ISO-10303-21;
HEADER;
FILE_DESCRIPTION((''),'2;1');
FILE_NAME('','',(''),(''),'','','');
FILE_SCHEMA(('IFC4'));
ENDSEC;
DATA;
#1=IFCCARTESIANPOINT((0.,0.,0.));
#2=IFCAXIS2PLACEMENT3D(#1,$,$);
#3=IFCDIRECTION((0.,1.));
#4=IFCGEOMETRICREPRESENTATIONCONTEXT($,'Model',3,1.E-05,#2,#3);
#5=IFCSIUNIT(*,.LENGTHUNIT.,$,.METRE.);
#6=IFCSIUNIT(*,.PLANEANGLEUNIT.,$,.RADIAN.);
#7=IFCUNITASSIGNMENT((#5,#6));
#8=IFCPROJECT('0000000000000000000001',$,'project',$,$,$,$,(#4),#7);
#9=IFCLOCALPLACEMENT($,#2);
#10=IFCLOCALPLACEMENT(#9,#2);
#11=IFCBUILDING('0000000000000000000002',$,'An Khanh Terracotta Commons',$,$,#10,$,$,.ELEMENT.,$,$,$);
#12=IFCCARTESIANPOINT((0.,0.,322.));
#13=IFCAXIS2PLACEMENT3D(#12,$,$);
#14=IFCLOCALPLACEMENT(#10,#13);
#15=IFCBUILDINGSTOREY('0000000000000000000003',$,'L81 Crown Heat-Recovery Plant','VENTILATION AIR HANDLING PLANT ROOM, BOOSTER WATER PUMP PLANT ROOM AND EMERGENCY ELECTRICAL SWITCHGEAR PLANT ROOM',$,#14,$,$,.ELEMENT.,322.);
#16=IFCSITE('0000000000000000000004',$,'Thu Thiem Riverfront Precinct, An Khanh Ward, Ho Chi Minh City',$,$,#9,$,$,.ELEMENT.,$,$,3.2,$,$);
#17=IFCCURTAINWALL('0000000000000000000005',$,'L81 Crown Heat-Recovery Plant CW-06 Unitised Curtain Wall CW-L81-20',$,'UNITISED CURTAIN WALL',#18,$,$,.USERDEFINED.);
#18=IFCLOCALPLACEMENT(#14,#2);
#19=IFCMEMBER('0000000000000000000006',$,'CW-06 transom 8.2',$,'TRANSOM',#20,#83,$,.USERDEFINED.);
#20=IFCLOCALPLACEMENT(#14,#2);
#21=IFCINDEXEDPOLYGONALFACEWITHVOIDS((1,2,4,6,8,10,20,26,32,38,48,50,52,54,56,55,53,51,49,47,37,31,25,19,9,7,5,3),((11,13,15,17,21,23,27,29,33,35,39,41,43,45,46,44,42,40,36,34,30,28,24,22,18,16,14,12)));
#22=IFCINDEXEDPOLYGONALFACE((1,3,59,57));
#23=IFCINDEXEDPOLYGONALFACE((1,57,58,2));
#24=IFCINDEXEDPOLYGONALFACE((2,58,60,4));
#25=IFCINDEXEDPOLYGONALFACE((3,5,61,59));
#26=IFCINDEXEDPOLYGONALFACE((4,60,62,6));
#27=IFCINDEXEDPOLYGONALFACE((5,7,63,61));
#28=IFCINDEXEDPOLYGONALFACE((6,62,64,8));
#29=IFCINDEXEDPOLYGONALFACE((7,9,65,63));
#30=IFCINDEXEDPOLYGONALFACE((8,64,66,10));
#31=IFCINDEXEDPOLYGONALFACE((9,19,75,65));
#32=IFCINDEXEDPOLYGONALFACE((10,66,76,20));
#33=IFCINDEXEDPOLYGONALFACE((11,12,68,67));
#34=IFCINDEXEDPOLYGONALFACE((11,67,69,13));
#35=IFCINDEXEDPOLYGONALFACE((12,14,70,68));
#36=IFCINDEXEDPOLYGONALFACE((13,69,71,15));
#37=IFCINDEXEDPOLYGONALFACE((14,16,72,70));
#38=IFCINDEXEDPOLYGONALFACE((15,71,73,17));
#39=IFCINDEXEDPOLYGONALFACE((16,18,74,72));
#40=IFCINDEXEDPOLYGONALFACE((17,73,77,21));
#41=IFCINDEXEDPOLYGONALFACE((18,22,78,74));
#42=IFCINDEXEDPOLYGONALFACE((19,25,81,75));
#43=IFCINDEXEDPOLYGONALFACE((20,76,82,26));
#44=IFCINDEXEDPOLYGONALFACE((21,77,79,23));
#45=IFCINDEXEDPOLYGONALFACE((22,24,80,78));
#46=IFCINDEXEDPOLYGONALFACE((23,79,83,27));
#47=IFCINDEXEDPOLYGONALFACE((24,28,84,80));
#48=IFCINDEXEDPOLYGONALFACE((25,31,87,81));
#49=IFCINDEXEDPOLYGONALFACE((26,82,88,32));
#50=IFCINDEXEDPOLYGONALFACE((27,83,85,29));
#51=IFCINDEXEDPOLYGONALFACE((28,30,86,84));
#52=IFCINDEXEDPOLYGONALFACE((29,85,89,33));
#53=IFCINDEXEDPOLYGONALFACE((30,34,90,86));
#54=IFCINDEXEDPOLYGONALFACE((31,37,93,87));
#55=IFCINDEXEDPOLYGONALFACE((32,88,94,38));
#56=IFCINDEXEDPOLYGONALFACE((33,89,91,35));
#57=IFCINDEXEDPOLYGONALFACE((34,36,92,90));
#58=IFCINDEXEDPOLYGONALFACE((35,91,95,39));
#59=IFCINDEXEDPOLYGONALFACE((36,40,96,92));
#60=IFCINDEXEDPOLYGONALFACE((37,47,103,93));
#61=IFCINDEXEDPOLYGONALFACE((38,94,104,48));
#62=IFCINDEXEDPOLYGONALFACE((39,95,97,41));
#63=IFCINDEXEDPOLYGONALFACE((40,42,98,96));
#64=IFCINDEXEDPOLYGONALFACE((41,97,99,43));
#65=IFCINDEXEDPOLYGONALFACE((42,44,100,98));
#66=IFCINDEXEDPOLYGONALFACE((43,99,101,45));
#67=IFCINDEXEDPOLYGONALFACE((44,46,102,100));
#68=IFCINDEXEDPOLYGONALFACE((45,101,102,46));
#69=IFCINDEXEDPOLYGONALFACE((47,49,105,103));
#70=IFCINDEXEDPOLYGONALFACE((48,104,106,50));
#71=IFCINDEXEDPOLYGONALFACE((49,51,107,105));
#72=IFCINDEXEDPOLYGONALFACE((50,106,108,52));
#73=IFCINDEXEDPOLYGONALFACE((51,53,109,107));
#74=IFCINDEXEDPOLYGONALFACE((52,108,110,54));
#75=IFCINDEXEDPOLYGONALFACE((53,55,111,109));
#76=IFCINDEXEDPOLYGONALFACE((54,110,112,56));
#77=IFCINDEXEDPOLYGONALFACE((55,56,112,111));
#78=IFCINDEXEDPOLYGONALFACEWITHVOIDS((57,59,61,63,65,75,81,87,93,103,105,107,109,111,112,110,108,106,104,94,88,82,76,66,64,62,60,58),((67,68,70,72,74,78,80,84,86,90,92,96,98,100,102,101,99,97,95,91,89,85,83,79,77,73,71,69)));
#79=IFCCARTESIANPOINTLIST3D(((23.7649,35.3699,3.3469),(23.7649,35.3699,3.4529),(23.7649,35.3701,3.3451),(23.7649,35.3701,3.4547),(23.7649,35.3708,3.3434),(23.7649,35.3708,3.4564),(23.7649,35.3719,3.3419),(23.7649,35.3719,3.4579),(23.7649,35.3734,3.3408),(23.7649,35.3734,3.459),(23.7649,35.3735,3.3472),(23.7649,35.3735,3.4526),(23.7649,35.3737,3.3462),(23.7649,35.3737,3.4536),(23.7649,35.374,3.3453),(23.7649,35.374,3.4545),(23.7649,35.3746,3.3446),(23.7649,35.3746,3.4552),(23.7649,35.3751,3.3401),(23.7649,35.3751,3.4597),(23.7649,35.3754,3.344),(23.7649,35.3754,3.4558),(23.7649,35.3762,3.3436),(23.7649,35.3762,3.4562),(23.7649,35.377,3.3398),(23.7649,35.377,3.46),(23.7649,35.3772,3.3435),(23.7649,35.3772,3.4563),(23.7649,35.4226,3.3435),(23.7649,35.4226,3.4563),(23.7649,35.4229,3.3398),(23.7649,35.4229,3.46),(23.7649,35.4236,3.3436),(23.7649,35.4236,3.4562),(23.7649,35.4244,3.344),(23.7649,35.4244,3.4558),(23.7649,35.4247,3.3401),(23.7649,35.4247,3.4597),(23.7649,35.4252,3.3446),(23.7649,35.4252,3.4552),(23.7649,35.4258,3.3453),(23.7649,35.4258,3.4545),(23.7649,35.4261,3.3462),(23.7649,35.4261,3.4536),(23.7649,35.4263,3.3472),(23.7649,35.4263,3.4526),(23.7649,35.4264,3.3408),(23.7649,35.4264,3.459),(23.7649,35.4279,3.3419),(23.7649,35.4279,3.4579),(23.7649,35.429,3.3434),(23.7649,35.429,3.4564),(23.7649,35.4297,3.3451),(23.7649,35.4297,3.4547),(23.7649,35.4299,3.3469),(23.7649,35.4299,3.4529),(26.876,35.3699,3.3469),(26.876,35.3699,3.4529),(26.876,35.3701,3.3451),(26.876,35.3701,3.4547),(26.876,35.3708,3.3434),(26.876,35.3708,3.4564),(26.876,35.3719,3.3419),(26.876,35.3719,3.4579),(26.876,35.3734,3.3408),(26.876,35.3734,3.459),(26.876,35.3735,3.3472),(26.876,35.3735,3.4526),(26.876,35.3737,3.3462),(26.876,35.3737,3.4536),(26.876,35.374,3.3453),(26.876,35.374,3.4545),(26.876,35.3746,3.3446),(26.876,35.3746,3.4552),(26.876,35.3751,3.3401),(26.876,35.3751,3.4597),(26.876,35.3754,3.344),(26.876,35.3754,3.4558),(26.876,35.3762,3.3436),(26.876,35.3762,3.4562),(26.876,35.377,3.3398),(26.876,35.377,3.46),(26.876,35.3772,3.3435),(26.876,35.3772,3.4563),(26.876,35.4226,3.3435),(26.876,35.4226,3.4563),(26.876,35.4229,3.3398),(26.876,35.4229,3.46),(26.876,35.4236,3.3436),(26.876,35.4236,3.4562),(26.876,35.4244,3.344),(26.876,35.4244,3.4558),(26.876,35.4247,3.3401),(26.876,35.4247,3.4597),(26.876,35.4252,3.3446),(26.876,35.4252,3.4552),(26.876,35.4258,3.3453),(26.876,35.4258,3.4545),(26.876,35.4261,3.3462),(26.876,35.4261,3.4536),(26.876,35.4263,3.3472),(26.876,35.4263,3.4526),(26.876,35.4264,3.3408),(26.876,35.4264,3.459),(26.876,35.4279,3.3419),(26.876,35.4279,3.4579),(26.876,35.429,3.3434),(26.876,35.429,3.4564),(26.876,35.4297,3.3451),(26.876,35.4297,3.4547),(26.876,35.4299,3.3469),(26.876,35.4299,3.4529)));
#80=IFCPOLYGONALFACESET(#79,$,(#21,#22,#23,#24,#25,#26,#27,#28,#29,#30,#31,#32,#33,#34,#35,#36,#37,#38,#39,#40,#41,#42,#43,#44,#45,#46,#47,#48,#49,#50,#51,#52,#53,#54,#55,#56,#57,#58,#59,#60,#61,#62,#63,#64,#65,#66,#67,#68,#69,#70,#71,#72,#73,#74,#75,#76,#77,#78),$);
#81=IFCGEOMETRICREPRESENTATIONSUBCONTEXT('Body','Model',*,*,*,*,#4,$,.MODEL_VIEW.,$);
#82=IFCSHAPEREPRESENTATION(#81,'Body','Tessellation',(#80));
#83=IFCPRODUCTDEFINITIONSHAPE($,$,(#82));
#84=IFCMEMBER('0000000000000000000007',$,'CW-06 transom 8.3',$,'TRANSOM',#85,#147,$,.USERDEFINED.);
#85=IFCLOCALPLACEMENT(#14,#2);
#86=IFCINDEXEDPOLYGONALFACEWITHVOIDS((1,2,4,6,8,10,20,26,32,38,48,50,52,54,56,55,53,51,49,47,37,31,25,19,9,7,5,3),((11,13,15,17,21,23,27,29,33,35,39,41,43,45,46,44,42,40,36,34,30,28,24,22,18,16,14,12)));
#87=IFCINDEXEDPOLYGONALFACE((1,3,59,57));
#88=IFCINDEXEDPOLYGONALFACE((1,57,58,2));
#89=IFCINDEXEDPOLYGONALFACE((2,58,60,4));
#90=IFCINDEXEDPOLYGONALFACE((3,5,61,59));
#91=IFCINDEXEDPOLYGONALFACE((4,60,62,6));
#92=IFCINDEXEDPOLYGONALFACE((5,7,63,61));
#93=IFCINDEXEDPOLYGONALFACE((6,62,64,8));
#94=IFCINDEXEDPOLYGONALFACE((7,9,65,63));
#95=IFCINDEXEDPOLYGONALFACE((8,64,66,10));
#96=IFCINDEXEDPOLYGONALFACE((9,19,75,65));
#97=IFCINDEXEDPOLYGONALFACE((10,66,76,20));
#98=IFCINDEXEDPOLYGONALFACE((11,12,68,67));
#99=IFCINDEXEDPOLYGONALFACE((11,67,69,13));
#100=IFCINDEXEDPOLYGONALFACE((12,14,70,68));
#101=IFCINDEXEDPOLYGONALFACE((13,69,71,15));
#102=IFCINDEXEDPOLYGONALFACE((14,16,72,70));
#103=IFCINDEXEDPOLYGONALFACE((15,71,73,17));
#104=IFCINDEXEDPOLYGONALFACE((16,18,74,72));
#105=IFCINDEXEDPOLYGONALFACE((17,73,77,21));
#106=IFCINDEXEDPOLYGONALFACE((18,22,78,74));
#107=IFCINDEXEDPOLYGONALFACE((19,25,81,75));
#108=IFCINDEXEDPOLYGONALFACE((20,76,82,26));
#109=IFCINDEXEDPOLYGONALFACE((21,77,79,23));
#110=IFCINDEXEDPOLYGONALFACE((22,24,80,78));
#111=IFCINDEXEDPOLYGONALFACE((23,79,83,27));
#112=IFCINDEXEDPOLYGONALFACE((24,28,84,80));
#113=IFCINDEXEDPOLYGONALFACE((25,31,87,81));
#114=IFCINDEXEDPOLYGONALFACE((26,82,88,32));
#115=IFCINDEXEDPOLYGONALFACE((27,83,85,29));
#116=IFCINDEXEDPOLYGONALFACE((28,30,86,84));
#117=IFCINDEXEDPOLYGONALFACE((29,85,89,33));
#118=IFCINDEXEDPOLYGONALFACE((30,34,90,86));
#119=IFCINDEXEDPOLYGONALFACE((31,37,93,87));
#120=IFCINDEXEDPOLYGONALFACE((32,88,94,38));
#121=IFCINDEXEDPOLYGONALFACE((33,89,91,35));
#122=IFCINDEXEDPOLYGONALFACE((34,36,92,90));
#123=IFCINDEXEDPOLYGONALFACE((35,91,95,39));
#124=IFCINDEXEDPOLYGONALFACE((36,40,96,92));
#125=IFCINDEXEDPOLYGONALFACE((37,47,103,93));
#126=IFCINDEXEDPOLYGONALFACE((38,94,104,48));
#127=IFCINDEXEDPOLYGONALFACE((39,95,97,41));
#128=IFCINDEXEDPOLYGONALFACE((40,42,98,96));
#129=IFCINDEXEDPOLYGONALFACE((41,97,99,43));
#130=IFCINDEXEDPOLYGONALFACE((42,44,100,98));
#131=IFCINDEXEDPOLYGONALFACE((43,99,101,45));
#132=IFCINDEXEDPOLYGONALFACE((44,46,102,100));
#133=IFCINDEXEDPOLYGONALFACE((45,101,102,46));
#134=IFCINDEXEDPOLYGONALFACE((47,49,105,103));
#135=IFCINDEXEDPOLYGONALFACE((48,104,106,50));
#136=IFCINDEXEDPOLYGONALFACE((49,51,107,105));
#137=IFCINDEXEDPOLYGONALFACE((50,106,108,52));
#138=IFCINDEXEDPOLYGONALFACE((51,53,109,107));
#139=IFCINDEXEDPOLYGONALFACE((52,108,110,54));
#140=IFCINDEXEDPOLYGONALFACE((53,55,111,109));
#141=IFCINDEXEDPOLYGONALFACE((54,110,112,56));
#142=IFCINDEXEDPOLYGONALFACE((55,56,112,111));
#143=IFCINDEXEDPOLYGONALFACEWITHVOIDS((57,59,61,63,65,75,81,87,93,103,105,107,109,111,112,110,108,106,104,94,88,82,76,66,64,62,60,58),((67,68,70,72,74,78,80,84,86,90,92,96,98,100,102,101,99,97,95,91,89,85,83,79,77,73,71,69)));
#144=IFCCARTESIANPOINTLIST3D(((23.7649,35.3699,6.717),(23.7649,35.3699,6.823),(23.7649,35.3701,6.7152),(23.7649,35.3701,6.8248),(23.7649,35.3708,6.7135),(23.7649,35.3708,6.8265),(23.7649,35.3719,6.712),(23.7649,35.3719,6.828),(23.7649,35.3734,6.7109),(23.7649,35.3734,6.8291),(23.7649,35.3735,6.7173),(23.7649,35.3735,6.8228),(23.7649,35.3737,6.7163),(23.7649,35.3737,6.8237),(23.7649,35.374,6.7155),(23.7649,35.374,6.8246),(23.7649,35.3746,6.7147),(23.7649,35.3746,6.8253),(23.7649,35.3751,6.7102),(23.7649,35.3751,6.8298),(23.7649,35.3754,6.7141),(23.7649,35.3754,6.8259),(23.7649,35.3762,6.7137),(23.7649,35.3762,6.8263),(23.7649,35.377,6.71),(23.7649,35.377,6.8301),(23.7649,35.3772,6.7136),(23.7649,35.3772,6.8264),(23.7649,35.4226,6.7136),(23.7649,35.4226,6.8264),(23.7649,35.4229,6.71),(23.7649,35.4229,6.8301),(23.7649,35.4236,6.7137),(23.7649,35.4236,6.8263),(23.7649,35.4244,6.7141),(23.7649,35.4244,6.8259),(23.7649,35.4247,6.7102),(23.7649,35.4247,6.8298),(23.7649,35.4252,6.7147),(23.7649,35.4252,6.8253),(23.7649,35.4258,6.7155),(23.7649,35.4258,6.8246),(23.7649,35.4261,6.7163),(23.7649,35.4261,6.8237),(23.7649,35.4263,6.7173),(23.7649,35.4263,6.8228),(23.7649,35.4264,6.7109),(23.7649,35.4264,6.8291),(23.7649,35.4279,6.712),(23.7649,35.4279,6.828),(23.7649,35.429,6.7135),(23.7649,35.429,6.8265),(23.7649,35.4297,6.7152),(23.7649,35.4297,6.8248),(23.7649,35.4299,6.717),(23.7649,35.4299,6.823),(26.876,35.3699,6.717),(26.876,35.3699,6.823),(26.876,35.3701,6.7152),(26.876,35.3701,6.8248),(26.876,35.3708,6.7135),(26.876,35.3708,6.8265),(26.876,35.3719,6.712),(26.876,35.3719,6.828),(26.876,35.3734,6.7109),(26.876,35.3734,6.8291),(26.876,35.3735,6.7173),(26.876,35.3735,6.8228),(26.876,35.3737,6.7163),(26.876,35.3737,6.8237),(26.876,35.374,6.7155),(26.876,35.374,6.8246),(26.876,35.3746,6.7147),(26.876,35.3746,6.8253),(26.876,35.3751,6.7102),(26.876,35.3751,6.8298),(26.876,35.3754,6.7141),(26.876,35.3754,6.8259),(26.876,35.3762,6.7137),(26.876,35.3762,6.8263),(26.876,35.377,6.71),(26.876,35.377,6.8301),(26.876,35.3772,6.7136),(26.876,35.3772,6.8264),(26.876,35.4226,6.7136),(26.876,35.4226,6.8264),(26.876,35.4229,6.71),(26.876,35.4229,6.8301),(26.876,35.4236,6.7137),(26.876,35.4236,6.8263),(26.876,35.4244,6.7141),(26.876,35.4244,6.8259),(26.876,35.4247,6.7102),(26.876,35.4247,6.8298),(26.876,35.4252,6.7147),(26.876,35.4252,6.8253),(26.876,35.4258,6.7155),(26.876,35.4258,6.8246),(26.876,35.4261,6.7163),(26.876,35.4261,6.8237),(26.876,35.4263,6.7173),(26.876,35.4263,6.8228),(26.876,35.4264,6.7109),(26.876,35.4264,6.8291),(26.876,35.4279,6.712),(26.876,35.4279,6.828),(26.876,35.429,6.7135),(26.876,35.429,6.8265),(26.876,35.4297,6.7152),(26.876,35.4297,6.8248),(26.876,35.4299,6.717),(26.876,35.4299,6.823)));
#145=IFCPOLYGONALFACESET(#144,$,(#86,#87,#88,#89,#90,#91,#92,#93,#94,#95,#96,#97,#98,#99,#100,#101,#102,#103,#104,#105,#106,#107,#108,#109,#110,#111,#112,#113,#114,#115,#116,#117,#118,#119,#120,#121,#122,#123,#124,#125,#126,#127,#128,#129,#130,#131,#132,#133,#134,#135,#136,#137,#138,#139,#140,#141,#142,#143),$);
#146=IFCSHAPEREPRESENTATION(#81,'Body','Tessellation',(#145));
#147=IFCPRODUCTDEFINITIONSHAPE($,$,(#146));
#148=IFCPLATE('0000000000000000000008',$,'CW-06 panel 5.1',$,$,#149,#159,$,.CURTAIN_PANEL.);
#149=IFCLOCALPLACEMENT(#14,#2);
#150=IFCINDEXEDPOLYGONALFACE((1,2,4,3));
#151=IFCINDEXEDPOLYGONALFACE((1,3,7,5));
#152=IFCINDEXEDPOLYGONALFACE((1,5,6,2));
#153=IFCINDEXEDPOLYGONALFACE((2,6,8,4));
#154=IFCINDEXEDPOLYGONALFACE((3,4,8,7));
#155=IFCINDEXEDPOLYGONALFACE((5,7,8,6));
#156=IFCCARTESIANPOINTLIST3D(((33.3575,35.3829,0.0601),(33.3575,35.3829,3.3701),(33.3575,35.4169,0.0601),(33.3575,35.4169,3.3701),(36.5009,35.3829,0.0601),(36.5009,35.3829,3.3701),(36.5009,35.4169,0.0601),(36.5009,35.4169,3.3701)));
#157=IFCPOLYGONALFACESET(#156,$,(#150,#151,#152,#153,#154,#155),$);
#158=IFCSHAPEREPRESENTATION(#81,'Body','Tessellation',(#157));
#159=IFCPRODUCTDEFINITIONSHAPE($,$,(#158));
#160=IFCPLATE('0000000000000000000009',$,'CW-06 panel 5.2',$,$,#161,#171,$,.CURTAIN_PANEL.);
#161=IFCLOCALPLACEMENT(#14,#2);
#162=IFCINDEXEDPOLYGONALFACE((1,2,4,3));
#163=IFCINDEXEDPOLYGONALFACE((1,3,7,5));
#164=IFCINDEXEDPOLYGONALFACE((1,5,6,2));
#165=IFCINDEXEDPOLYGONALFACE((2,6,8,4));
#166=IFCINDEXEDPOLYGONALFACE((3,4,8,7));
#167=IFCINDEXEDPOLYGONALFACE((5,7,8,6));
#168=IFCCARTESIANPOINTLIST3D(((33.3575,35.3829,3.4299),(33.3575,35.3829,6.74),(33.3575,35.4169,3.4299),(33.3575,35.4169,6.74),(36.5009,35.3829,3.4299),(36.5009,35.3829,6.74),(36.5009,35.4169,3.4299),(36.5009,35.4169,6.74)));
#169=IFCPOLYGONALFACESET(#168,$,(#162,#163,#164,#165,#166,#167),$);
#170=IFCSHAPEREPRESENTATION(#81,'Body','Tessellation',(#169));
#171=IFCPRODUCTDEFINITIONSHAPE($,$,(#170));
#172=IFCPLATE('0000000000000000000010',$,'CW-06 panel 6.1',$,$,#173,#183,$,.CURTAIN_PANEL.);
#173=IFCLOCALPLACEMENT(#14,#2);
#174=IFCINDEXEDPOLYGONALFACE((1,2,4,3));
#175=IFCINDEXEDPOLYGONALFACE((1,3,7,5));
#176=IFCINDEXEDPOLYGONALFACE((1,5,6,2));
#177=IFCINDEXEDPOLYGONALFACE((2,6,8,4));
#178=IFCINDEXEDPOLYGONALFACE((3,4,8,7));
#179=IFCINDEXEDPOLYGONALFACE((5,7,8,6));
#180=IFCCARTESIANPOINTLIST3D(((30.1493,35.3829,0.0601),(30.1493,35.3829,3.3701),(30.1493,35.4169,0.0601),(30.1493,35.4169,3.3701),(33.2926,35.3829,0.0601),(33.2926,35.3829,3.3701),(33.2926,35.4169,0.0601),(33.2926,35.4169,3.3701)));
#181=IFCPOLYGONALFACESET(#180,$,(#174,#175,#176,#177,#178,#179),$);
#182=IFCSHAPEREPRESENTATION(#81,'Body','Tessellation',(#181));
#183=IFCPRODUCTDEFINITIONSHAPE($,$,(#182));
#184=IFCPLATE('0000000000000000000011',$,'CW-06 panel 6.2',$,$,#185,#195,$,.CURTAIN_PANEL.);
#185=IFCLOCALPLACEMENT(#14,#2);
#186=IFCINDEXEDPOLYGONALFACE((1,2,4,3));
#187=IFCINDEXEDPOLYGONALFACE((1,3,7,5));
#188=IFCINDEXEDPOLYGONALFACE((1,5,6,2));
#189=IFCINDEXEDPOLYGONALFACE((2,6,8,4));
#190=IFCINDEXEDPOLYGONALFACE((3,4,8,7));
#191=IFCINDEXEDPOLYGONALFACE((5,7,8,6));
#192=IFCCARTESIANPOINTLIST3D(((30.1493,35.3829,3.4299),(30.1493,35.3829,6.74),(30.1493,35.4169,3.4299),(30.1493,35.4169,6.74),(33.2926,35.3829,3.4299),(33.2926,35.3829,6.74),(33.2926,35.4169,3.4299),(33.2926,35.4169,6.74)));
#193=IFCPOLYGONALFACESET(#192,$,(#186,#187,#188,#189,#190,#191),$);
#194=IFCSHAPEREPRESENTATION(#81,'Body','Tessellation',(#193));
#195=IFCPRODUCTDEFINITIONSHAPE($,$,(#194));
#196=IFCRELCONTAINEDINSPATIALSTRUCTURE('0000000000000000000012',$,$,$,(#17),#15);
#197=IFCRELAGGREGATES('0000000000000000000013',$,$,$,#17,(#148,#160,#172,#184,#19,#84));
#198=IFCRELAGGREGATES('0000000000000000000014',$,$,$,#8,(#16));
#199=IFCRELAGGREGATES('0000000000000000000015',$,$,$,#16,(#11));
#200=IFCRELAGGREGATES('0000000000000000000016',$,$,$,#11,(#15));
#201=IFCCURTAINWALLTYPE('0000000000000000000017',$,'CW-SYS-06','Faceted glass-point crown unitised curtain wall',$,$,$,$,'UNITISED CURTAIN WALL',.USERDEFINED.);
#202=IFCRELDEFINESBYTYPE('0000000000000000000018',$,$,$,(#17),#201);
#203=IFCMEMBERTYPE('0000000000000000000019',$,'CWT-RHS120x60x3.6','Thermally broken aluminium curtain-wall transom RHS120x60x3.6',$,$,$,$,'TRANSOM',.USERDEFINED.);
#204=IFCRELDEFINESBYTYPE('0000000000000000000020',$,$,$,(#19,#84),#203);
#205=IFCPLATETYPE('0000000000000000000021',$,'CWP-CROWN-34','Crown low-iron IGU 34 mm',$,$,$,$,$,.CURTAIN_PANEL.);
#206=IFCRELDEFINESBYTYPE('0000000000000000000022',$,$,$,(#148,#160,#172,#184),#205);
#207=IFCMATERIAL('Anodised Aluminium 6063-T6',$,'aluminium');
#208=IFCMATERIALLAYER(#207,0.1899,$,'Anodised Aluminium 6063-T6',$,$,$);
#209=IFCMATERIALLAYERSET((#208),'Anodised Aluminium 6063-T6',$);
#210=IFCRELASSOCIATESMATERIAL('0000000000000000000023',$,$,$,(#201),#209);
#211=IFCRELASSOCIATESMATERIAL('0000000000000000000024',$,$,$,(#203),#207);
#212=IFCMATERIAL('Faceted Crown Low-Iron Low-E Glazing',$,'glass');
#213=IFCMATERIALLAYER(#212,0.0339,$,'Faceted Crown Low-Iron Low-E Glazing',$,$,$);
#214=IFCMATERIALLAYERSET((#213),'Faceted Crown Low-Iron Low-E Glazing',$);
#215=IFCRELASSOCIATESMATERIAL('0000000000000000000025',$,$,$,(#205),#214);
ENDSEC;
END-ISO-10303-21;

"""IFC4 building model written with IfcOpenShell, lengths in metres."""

from ifc_helpers import new_model, si_unit, direction, frame, origin, origin_2d, place, context, subcontext, project, spatial, rectangle, hollow_rectangle, extrude, material, layer, layer_set, material_profile, profile_set, type_object, element, aggregate, save


model = new_model("IFC4")

# Units and contexts
model_context = context("Model", 3, precision=1e-05, world=origin(), true_north=direction((0.0, 1.0)))
body_context = subcontext(model_context, "Body", "Model", "MODEL_VIEW")
ifc_project = project(units=[si_unit("LENGTHUNIT", "METRE"), si_unit("PLANEANGLEUNIT", "RADIAN")], contexts=[model_context])

# Site, building, storey
site_placement = place(None, origin())
site = spatial("IfcSite", under=ifc_project, at=site_placement, Name="Thu Thiem Riverfront Precinct, An Khanh Ward, Ho Chi Minh City", CompositionType="ELEMENT", RefElevation=3.2)
building_placement = place(site_placement, origin())
building = spatial("IfcBuilding", under=site, at=building_placement, Name="An Khanh Terracotta Commons", CompositionType="ELEMENT")
storey_placement = place(building_placement, frame((0.0, 0.0, 322.0)))
storey = spatial("IfcBuildingStorey", under=building, at=storey_placement, Name="L81 Crown Heat-Recovery Plant", Description="VENTILATION AIR HANDLING PLANT ROOM, BOOSTER WATER PUMP PLANT ROOM AND EMERGENCY ELECTRICAL SWITCHGEAR PLANT ROOM", CompositionType="ELEMENT", Elevation=322.0)

# Curtain wall, members, plates
ifc_material_1 = material(Name="Anodised Aluminium 6063-T6", Category="aluminium")
ifc_layer_1 = layer(ifc_material_1, 0.1899, Name="Anodised Aluminium 6063-T6")
ifc_layer_set_1 = layer_set([ifc_layer_1], Name="Anodised Aluminium 6063-T6")
curtain_wall_type = type_object("IfcCurtainWallType", Name="CW-SYS-06", Description="Faceted glass-point crown unitised curtain wall", ElementType="UNITISED CURTAIN WALL", PredefinedType="USERDEFINED", material=ifc_layer_set_1)
curtain_wall_placement = place(storey_placement, origin())
curtain_wall = element("IfcCurtainWall", 1, at=curtain_wall_placement, inside=storey, type_object=curtain_wall_type, Name="L81 Crown Heat-Recovery Plant CW-06 Unitised Curtain Wall CW-L81-20", ObjectType="UNITISED CURTAIN WALL", PredefinedType="USERDEFINED")
ifc_material_profile_1 = material_profile(ifc_material_1, hollow_rectangle(XDim=0.0601, YDim=0.1201, WallThickness=0.0037, InnerFilletRadius=0.0037, OuterFilletRadius=0.0071, at=origin_2d()), Name="RHS120x60x3.6")
ifc_profile_set_1 = profile_set([ifc_material_profile_1], Name="Anodised Aluminium 6063-T6")
member_type_1 = type_object("IfcMemberType", Name="CWT-RHS120x60x3.6", Description="Thermally broken aluminium curtain-wall transom RHS120x60x3.6", ElementType="TRANSOM", PredefinedType="USERDEFINED", material=ifc_profile_set_1)
member_1_placement = place(storey_placement, frame((26.876, 35.3999, 3.3999), z_axis=(-1.0, 0.0, 0.0), x_axis=(0.0, -1.0, 0.0)))
member_1 = element("IfcMember", 2, at=member_1_placement, type_object=member_type_1, Name="CW-06 transom 8.2", ObjectType="TRANSOM", PredefinedType="USERDEFINED", context=body_context, shape_type="SweptSolid", body=[
    extrude(hollow_rectangle(XDim=0.0601, YDim=0.1201, WallThickness=0.0037, InnerFilletRadius=0.0037, OuterFilletRadius=0.0071, at=origin_2d()), origin(), (0.0, 0.0, 1.0), 3.1111),
])
member_2_placement = place(storey_placement, frame((26.876, 35.3999, 6.77), z_axis=(-1.0, 0.0, 0.0), x_axis=(0.0, -1.0, 0.0)))
member_2 = element("IfcMember", 3, at=member_2_placement, type_object=member_type_1, Name="CW-06 transom 8.3", ObjectType="TRANSOM", PredefinedType="USERDEFINED", context=body_context, shape_type="SweptSolid", body=[
    extrude(hollow_rectangle(XDim=0.0601, YDim=0.1201, WallThickness=0.0037, InnerFilletRadius=0.0037, OuterFilletRadius=0.0071, at=origin_2d()), origin(), (0.0, 0.0, 1.0), 3.1111),
])
ifc_material_2 = material(Name="Faceted Crown Low-Iron Low-E Glazing", Category="glass")
ifc_layer_2 = layer(ifc_material_2, 0.0339, Name="Faceted Crown Low-Iron Low-E Glazing")
ifc_layer_set_2 = layer_set([ifc_layer_2], Name="Faceted Crown Low-Iron Low-E Glazing")
plate_type = type_object("IfcPlateType", Name="CWP-CROWN-34", Description="Crown low-iron IGU 34 mm", PredefinedType="CURTAIN_PANEL", material=ifc_layer_set_2)
plate_1_placement = place(storey_placement, frame((34.9292, 35.3999, 0.0601), z_axis=(0.0, 0.0, 1.0), x_axis=(-1.0, 0.0, 0.0)))
plate_1 = element("IfcPlate", 4, at=plate_1_placement, type_object=plate_type, Name="CW-06 panel 5.1", PredefinedType="CURTAIN_PANEL", context=body_context, shape_type="SweptSolid", body=[
    extrude(rectangle(XDim=3.1433, YDim=0.0339, at=origin_2d()), origin(), (0.0, 0.0, 1.0), 3.3101),
])
plate_2_placement = place(storey_placement, frame((34.9292, 35.3999, 3.4299), z_axis=(0.0, 0.0, 1.0), x_axis=(-1.0, 0.0, 0.0)))
plate_2 = element("IfcPlate", 5, at=plate_2_placement, type_object=plate_type, Name="CW-06 panel 5.2", PredefinedType="CURTAIN_PANEL", context=body_context, shape_type="SweptSolid", body=[
    extrude(rectangle(XDim=3.1433, YDim=0.0339, at=origin_2d()), origin(), (0.0, 0.0, 1.0), 3.3101),
])
plate_3_placement = place(storey_placement, frame((31.7209, 35.3999, 0.0601), z_axis=(0.0, 0.0, 1.0), x_axis=(-1.0, 0.0, 0.0)))
plate_3 = element("IfcPlate", 6, at=plate_3_placement, type_object=plate_type, Name="CW-06 panel 6.1", PredefinedType="CURTAIN_PANEL", context=body_context, shape_type="SweptSolid", body=[
    extrude(rectangle(XDim=3.1433, YDim=0.0339, at=origin_2d()), origin(), (0.0, 0.0, 1.0), 3.3101),
])
plate_4_placement = place(storey_placement, frame((31.7209, 35.3999, 3.4299), z_axis=(0.0, 0.0, 1.0), x_axis=(-1.0, 0.0, 0.0)))
plate_4 = element("IfcPlate", 7, at=plate_4_placement, type_object=plate_type, Name="CW-06 panel 6.2", PredefinedType="CURTAIN_PANEL", context=body_context, shape_type="SweptSolid", body=[
    extrude(rectangle(XDim=3.1433, YDim=0.0339, at=origin_2d()), origin(), (0.0, 0.0, 1.0), 3.3101),
])
aggregate(curtain_wall, [plate_1, plate_2, plate_3, plate_4, member_1, member_2])

save(model, "model.ifc")
